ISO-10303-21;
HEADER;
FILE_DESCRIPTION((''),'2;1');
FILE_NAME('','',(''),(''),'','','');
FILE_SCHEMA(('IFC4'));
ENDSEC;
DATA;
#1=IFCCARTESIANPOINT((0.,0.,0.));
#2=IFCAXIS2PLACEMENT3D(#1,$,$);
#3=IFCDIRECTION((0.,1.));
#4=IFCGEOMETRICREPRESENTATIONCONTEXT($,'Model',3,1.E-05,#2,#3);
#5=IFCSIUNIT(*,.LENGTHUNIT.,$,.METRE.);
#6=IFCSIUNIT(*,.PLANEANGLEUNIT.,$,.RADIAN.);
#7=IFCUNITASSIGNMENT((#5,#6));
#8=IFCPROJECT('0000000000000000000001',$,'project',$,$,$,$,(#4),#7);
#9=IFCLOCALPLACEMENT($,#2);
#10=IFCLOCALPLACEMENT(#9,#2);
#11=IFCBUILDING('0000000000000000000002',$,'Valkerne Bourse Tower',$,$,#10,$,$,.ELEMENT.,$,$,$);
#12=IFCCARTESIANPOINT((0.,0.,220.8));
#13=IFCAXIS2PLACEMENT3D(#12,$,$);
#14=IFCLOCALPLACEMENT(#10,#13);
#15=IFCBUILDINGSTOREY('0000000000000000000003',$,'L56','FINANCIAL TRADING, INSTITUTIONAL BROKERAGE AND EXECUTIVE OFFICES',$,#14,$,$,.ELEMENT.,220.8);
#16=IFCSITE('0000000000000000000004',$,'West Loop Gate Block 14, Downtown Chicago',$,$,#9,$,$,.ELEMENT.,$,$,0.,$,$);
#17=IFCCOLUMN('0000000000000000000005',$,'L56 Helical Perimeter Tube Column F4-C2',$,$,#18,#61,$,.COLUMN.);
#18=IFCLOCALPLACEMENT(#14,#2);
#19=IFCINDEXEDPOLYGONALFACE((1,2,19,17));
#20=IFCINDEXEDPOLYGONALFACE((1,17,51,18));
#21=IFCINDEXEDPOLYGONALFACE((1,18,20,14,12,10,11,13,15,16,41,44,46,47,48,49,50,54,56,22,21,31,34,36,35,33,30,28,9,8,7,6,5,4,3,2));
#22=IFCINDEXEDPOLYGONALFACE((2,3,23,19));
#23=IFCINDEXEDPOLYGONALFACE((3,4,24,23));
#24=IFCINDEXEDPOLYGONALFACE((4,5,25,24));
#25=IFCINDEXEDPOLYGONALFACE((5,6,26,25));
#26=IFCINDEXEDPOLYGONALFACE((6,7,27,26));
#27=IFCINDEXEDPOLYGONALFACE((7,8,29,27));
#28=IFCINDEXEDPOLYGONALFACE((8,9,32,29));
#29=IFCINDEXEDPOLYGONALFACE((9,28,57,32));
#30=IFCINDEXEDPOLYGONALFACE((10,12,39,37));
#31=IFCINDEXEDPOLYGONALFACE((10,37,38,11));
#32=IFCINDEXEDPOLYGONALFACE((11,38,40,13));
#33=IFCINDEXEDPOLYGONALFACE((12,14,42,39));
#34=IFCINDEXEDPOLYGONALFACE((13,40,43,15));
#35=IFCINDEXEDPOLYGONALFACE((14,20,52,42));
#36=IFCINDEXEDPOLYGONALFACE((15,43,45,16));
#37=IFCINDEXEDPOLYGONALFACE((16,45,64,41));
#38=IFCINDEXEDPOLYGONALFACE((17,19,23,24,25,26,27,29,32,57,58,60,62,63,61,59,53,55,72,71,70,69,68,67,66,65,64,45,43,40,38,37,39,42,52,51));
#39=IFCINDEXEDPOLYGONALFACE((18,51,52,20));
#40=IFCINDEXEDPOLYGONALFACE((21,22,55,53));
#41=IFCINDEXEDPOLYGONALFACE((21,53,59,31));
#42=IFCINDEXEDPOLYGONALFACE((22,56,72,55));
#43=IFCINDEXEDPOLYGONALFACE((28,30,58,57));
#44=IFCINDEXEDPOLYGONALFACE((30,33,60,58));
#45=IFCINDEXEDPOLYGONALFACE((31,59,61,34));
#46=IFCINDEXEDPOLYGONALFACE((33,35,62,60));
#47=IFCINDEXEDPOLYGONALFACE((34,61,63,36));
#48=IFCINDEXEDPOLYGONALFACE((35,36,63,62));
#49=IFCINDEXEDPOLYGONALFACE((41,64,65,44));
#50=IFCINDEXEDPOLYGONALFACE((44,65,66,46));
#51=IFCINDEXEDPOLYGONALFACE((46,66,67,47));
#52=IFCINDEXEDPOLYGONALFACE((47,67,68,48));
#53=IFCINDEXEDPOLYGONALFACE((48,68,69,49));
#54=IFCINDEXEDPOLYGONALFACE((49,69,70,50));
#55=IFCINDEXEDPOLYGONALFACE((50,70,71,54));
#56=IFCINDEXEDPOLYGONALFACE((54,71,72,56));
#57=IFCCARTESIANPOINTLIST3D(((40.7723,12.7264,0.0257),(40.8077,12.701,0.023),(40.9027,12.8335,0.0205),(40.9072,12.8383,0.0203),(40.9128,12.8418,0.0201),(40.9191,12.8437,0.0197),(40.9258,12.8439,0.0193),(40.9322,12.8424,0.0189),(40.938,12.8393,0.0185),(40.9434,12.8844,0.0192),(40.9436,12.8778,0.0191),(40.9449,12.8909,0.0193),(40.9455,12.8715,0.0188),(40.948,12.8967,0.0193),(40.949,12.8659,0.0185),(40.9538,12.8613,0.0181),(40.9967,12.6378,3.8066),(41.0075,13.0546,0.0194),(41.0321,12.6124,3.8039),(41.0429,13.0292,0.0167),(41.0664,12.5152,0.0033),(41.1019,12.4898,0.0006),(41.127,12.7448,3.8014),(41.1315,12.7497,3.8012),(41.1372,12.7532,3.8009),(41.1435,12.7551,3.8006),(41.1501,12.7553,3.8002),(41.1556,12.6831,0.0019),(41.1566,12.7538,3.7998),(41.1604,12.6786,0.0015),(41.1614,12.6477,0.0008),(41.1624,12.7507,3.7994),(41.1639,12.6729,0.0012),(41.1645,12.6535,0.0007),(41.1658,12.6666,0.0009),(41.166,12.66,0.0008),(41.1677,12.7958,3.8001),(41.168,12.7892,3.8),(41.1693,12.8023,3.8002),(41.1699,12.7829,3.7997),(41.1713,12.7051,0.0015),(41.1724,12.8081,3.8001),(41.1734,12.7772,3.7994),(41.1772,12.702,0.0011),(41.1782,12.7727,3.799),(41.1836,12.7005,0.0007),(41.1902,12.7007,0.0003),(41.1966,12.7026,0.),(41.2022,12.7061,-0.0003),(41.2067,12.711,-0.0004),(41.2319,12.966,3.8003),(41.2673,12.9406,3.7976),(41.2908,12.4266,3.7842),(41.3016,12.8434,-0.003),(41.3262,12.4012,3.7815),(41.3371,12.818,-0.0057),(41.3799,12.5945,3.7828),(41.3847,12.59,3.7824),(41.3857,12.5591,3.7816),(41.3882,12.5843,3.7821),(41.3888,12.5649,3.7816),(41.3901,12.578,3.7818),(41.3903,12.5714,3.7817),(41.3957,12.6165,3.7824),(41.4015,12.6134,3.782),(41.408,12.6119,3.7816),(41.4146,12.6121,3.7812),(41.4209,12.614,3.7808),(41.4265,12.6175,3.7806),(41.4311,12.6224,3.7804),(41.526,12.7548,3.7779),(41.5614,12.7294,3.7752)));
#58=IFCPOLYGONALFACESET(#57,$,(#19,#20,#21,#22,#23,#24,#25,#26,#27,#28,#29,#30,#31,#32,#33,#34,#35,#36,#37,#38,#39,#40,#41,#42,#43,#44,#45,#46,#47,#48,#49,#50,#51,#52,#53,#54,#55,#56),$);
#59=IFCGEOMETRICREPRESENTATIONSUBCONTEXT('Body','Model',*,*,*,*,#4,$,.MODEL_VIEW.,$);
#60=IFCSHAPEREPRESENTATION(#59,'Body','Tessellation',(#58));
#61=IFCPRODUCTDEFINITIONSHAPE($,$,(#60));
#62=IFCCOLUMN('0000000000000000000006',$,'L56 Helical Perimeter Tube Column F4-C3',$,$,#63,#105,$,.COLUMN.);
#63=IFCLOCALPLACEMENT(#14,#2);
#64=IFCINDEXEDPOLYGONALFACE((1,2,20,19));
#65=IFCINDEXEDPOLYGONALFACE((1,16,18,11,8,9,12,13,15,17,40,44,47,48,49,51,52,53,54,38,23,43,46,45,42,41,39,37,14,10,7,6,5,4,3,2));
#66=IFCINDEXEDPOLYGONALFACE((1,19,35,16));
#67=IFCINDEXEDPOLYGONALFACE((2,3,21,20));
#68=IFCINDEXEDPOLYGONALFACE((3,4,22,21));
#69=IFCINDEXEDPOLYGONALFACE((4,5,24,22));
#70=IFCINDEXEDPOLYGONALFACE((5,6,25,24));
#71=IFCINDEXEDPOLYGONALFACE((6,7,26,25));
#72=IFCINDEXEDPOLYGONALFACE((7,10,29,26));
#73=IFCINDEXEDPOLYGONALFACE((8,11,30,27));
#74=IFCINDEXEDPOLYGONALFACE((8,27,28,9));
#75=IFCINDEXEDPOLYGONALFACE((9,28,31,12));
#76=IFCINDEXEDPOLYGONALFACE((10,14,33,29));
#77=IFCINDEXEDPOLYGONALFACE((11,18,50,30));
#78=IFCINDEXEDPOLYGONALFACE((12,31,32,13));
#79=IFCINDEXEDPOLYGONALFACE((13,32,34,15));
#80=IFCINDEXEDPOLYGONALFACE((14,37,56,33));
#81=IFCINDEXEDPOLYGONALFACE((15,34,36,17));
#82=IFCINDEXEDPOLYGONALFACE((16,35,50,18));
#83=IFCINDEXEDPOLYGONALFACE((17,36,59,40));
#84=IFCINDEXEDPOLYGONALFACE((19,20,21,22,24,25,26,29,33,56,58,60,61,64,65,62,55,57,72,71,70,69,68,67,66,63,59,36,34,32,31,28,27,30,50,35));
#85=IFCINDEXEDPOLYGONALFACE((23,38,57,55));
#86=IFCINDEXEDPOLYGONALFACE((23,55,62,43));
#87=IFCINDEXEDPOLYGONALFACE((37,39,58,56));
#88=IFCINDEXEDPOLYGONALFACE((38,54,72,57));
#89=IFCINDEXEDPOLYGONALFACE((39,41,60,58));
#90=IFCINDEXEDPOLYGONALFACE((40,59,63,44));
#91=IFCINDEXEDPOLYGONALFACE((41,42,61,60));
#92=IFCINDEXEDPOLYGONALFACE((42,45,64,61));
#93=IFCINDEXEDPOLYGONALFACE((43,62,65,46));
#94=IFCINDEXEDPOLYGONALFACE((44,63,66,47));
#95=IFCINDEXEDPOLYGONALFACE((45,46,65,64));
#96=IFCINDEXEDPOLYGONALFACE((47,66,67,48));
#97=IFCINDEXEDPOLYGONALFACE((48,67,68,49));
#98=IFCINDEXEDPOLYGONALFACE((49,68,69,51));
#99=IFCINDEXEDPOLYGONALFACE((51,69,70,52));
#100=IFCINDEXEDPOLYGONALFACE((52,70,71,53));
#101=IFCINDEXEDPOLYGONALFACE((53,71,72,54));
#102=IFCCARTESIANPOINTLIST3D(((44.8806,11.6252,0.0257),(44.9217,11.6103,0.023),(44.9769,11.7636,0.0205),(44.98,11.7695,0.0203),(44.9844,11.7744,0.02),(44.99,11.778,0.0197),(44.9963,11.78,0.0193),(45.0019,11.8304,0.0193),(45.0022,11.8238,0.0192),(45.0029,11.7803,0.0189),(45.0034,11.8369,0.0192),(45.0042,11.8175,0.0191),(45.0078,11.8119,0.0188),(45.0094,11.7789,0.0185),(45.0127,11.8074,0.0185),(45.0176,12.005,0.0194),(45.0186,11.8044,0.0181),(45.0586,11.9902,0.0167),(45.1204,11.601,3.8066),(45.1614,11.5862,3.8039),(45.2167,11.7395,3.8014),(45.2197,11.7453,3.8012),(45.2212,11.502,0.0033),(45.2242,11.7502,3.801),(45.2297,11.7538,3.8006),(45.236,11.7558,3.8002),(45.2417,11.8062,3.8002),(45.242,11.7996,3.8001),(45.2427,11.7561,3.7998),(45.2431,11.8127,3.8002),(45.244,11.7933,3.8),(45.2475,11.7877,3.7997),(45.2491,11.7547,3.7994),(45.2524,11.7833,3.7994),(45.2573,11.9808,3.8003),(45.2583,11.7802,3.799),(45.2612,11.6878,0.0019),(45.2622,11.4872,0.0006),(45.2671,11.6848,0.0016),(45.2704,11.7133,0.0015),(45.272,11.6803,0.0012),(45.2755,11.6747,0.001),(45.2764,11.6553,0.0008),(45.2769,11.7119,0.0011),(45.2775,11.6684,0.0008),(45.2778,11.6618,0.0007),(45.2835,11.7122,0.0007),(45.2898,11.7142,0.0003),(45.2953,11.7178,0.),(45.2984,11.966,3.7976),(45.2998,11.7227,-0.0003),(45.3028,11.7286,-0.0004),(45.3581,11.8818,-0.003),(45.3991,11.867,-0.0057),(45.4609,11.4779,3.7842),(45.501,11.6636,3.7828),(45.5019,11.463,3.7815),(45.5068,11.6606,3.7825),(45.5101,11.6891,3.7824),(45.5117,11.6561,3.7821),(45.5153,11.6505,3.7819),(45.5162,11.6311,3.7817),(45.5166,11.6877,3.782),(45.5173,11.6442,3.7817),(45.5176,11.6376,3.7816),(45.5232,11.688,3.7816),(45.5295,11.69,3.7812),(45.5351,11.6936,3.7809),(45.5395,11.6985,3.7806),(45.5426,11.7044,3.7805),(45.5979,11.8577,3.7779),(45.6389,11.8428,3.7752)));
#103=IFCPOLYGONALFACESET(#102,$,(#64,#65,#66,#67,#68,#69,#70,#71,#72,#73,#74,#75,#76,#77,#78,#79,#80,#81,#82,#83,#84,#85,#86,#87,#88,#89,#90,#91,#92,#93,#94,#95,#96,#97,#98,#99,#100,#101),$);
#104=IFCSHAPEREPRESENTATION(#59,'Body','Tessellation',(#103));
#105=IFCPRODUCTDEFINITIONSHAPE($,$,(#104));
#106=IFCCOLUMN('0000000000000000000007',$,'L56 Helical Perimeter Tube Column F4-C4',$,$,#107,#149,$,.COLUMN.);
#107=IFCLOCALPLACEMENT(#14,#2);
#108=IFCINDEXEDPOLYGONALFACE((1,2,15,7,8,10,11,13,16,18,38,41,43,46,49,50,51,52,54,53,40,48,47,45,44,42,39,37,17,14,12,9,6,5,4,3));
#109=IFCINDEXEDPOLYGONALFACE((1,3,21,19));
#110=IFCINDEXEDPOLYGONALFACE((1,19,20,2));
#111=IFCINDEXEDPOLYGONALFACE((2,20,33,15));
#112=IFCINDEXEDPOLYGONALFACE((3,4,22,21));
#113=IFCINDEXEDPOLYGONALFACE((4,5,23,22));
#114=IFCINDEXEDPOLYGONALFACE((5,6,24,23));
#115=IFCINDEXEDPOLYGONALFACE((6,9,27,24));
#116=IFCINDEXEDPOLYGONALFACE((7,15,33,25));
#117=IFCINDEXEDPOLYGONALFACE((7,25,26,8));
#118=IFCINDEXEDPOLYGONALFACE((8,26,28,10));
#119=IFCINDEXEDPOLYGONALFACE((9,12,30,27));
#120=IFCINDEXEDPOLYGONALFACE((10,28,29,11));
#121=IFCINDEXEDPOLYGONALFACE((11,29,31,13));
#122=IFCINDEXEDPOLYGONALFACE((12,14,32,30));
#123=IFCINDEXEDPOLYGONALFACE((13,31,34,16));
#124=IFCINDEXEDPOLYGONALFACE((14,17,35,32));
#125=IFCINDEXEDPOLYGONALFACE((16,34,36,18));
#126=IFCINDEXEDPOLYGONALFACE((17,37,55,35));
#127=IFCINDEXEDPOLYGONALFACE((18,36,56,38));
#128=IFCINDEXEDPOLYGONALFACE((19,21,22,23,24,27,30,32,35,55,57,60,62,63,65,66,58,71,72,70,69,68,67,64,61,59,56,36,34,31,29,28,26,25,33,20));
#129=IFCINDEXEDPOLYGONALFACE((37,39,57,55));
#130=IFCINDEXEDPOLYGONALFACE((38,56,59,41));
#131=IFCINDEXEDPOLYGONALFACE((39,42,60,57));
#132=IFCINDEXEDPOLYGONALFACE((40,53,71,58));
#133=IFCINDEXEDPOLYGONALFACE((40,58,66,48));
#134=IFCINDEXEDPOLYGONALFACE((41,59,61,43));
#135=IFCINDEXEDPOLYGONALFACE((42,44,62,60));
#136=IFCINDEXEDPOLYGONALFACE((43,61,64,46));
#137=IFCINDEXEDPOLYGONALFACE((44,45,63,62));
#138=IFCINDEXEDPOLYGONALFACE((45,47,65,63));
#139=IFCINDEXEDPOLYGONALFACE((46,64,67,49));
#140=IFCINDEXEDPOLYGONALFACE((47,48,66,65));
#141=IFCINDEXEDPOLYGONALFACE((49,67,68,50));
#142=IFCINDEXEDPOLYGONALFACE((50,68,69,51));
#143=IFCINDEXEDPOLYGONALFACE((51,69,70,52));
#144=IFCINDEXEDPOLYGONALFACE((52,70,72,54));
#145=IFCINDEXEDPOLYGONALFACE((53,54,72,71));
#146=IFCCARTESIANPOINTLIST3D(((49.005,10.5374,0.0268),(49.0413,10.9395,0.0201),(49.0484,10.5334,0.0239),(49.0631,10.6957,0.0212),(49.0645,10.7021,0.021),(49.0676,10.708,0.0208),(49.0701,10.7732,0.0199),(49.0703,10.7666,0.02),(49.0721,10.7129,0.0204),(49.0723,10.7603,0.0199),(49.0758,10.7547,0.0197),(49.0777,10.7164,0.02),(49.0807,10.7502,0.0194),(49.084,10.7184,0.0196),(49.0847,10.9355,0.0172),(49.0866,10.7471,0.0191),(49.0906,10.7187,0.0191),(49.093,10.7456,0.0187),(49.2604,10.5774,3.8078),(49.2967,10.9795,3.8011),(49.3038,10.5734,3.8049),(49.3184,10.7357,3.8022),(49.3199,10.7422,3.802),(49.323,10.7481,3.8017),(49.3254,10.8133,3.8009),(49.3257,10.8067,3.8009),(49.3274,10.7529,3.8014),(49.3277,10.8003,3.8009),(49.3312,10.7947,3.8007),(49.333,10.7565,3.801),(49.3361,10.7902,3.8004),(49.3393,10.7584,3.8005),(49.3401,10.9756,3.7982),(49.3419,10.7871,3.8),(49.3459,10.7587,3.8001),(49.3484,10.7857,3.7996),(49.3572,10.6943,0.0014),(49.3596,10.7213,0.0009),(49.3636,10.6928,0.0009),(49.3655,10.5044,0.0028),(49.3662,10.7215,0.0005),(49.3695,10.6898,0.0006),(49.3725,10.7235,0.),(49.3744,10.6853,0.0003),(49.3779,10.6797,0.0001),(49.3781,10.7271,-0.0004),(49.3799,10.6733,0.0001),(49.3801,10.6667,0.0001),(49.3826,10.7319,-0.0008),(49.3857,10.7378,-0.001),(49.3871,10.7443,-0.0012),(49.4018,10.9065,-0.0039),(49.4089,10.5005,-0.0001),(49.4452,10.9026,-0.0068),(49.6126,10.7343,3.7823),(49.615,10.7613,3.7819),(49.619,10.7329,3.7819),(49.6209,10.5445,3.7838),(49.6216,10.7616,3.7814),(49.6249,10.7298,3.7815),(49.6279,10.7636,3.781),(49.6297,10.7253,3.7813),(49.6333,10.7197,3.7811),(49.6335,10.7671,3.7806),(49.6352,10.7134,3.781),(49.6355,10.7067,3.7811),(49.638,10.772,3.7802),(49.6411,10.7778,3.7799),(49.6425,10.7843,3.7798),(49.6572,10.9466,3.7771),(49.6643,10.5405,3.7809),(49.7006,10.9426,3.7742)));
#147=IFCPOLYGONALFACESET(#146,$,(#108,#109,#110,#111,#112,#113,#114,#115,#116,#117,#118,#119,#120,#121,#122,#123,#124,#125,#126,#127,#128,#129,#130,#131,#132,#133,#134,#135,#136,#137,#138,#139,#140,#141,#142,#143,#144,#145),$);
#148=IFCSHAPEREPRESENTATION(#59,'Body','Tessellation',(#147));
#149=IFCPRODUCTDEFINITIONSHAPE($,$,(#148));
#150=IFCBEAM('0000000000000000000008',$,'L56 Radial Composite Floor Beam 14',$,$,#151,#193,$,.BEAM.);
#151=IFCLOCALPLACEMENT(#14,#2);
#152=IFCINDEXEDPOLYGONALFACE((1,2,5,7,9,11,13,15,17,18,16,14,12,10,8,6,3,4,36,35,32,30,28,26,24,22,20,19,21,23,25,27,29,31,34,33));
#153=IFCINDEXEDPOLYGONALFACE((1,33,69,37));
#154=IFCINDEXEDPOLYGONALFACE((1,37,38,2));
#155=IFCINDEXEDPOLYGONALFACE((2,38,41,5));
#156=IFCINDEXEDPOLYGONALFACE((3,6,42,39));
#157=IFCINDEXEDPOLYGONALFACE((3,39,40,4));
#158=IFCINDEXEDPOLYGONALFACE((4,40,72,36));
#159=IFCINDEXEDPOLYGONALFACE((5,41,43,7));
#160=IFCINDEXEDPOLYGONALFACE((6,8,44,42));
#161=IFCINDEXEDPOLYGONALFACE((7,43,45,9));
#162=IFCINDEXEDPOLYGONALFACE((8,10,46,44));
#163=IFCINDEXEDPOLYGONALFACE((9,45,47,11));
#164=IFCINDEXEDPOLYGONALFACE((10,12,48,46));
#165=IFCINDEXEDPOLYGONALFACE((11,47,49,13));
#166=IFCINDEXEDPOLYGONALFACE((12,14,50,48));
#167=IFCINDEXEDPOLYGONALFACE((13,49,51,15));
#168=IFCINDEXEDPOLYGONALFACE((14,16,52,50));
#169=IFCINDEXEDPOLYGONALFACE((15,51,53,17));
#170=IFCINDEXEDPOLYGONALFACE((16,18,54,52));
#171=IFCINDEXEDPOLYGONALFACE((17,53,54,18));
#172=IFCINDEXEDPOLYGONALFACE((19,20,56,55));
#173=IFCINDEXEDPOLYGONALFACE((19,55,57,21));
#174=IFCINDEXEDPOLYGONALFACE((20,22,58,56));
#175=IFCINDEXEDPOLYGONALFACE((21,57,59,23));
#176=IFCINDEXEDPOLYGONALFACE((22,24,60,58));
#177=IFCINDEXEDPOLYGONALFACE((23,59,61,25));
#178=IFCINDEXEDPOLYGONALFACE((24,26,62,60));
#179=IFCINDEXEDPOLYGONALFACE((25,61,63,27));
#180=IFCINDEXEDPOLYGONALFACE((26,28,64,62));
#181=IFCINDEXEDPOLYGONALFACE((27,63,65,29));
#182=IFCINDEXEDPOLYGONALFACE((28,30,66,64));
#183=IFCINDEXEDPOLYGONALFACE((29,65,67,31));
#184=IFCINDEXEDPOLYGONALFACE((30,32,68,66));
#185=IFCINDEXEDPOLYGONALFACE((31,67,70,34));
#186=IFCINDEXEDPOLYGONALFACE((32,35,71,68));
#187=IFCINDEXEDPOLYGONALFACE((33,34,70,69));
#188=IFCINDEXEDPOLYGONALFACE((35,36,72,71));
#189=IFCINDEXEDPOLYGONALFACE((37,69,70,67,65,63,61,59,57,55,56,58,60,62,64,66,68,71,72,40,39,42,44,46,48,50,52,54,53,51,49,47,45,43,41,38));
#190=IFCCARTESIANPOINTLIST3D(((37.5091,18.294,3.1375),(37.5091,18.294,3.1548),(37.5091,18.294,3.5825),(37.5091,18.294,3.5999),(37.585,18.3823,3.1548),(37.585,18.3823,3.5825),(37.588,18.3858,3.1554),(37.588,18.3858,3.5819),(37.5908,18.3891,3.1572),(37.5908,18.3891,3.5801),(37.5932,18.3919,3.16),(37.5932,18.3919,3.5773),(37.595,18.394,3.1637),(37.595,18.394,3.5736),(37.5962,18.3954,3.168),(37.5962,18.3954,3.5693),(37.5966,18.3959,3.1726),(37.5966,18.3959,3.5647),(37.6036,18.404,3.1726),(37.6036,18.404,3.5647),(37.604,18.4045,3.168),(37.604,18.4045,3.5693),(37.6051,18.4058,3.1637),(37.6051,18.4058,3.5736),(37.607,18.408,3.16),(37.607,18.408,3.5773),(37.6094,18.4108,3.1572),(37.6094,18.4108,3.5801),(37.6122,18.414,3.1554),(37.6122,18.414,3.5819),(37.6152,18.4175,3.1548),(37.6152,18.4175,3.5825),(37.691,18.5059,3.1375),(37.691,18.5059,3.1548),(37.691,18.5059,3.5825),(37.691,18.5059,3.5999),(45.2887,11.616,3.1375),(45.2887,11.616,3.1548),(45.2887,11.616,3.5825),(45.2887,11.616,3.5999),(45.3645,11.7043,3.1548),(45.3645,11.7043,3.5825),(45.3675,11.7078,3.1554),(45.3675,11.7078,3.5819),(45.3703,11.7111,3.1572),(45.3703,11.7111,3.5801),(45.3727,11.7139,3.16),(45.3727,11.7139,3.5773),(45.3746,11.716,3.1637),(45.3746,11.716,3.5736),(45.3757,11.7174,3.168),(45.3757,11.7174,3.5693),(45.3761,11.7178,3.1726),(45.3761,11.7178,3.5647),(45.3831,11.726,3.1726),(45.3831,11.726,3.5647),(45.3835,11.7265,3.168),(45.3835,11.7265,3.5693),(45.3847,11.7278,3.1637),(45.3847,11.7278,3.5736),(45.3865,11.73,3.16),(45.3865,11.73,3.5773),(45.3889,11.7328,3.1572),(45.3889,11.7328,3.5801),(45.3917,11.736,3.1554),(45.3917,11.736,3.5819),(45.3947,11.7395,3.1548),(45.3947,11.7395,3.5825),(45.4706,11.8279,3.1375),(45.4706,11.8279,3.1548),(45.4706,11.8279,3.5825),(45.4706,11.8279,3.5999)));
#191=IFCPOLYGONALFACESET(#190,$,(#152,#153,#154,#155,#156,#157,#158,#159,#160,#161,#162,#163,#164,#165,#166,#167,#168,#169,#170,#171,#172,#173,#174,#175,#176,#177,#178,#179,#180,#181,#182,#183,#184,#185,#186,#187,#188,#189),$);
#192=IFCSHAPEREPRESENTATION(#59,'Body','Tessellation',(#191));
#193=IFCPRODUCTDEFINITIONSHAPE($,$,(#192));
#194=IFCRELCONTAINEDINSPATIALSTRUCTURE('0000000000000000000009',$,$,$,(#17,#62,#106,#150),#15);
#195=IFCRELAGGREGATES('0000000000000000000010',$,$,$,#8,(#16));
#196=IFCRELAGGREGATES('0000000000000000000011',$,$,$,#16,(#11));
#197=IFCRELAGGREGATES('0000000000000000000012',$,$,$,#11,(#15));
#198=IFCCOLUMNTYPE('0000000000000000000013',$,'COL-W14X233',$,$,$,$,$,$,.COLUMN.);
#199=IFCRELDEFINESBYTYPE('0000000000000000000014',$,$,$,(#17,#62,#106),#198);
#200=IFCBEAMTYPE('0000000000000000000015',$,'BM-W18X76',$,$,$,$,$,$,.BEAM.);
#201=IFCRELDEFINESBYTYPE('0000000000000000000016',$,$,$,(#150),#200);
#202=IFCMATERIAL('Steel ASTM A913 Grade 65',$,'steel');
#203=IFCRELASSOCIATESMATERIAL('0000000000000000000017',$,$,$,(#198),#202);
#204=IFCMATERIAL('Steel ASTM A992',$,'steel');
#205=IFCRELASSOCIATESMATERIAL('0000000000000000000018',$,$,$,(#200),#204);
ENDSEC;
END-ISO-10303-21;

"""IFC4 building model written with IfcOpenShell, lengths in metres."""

from ifc_helpers import new_model, si_unit, direction, frame, origin, origin_2d, place, context, subcontext, project, spatial, i_section, extrude, material, material_profile, profile_set, type_object, element, save


model = new_model("IFC4")

# Units and contexts
model_context = context("Model", 3, precision=1e-05, world=origin(), true_north=direction((0.0, 1.0)))
body_context = subcontext(model_context, "Body", "Model", "MODEL_VIEW")
ifc_project = project(units=[si_unit("LENGTHUNIT", "METRE"), si_unit("PLANEANGLEUNIT", "RADIAN")], contexts=[model_context])

# Site, building, storey
site_placement = place(None, origin())
site = spatial("IfcSite", under=ifc_project, at=site_placement, Name="West Loop Gate Block 14, Downtown Chicago", CompositionType="ELEMENT", RefElevation=0.0)
building_placement = place(site_placement, origin())
building = spatial("IfcBuilding", under=site, at=building_placement, Name="Valkerne Bourse Tower", CompositionType="ELEMENT")
storey_placement = place(building_placement, frame((0.0, 0.0, 220.8)))
storey = spatial("IfcBuildingStorey", under=building, at=storey_placement, Name="L56", Description="FINANCIAL TRADING, INSTITUTIONAL BROKERAGE AND EXECUTIVE OFFICES", CompositionType="ELEMENT", Elevation=220.8)

# Columns
ifc_material_1 = material(Name="Steel ASTM A913 Grade 65", Category="steel")
ifc_material_profile_1 = material_profile(ifc_material_1, i_section(OverallWidth=0.4038, OverallDepth=0.4065, WebThickness=0.0271, FlangeThickness=0.0437, FilletRadius=0.0254, at=origin_2d()), Name="W14X233")
ifc_profile_set_1 = profile_set([ifc_material_profile_1], Name="Steel ASTM A913 Grade 65")
column_type = type_object("IfcColumnType", Name="COL-W14X233", PredefinedType="COLUMN", material=ifc_profile_set_1)
for number, where, z_axis, x_axis, name in (
    (1, (41.0547, 12.7722, 0.01), (0.05922, -0.023391, 0.997971), (0.582426, 0.812736, -0.015511), "L56 Helical Perimeter Tube Column F4-C2"),
    (2, (45.1399, 11.7461, 0.01), (0.06328, -0.00638, 0.997975), (0.33918, 0.940594, -0.015494), "L56 Helical Perimeter Tube Column F4-C3"),
):
    element("IfcColumn", number, at=place(storey_placement, frame(where, z_axis=z_axis, x_axis=x_axis)), inside=storey, type_object=column_type, Name=name, PredefinedType="COLUMN", context=body_context, shape_type="SweptSolid", body=[
        extrude(i_section(OverallWidth=0.4038, OverallDepth=0.4065, WebThickness=0.0271, FlangeThickness=0.0437, FilletRadius=0.0254, at=origin_2d()), origin(), (0.0, 0.0, 1.0), 3.7886),
    ])
column_placement = place(storey_placement, frame((49.2251, 10.72, 0.01), z_axis=(0.067383, 0.010565, 0.997671), x_axis=(0.089886, 0.995813, -0.016616)))
element("IfcColumn", 3, at=column_placement, inside=storey, type_object=column_type, Name="L56 Helical Perimeter Tube Column F4-C4", PredefinedType="COLUMN", context=body_context, shape_type="SweptSolid", body=[
    extrude(i_section(OverallWidth=0.4038, OverallDepth=0.4065, WebThickness=0.0271, FlangeThickness=0.0437, FilletRadius=0.0254, at=origin_2d()), origin(), (0.0, 0.0, 1.0), 3.7898),
])

# Beam
ifc_material_2 = material(Name="Steel ASTM A992", Category="steel")
ifc_material_profile_2 = material_profile(ifc_material_2, i_section(OverallWidth=0.2793, OverallDepth=0.4624, WebThickness=0.0107, FlangeThickness=0.0173, FilletRadius=0.0178, at=origin_2d()), Name="W18X76")
ifc_profile_set_2 = profile_set([ifc_material_profile_2], Name="Steel ASTM A992")
beam_type_1 = type_object("IfcBeamType", Name="BM-W18X76", PredefinedType="BEAM", material=ifc_profile_set_2)
beam_1_placement = place(storey_placement, frame((45.3796, 11.7219, 3.3687), z_axis=(-0.758784, 0.651342, 0.0), x_axis=(-0.651342, -0.758784, 0.0)))
element("IfcBeam", 4, at=beam_1_placement, inside=storey, type_object=beam_type_1, Name="L56 Radial Composite Floor Beam 14", PredefinedType="BEAM", context=body_context, shape_type="SweptSolid", body=[
    extrude(i_section(OverallWidth=0.2793, OverallDepth=0.4624, WebThickness=0.0107, FlangeThickness=0.0173, FilletRadius=0.0178, at=origin_2d()), origin(), (0.0, 0.0, 1.0), 10.2527),
])

save(model, "model.ifc")
